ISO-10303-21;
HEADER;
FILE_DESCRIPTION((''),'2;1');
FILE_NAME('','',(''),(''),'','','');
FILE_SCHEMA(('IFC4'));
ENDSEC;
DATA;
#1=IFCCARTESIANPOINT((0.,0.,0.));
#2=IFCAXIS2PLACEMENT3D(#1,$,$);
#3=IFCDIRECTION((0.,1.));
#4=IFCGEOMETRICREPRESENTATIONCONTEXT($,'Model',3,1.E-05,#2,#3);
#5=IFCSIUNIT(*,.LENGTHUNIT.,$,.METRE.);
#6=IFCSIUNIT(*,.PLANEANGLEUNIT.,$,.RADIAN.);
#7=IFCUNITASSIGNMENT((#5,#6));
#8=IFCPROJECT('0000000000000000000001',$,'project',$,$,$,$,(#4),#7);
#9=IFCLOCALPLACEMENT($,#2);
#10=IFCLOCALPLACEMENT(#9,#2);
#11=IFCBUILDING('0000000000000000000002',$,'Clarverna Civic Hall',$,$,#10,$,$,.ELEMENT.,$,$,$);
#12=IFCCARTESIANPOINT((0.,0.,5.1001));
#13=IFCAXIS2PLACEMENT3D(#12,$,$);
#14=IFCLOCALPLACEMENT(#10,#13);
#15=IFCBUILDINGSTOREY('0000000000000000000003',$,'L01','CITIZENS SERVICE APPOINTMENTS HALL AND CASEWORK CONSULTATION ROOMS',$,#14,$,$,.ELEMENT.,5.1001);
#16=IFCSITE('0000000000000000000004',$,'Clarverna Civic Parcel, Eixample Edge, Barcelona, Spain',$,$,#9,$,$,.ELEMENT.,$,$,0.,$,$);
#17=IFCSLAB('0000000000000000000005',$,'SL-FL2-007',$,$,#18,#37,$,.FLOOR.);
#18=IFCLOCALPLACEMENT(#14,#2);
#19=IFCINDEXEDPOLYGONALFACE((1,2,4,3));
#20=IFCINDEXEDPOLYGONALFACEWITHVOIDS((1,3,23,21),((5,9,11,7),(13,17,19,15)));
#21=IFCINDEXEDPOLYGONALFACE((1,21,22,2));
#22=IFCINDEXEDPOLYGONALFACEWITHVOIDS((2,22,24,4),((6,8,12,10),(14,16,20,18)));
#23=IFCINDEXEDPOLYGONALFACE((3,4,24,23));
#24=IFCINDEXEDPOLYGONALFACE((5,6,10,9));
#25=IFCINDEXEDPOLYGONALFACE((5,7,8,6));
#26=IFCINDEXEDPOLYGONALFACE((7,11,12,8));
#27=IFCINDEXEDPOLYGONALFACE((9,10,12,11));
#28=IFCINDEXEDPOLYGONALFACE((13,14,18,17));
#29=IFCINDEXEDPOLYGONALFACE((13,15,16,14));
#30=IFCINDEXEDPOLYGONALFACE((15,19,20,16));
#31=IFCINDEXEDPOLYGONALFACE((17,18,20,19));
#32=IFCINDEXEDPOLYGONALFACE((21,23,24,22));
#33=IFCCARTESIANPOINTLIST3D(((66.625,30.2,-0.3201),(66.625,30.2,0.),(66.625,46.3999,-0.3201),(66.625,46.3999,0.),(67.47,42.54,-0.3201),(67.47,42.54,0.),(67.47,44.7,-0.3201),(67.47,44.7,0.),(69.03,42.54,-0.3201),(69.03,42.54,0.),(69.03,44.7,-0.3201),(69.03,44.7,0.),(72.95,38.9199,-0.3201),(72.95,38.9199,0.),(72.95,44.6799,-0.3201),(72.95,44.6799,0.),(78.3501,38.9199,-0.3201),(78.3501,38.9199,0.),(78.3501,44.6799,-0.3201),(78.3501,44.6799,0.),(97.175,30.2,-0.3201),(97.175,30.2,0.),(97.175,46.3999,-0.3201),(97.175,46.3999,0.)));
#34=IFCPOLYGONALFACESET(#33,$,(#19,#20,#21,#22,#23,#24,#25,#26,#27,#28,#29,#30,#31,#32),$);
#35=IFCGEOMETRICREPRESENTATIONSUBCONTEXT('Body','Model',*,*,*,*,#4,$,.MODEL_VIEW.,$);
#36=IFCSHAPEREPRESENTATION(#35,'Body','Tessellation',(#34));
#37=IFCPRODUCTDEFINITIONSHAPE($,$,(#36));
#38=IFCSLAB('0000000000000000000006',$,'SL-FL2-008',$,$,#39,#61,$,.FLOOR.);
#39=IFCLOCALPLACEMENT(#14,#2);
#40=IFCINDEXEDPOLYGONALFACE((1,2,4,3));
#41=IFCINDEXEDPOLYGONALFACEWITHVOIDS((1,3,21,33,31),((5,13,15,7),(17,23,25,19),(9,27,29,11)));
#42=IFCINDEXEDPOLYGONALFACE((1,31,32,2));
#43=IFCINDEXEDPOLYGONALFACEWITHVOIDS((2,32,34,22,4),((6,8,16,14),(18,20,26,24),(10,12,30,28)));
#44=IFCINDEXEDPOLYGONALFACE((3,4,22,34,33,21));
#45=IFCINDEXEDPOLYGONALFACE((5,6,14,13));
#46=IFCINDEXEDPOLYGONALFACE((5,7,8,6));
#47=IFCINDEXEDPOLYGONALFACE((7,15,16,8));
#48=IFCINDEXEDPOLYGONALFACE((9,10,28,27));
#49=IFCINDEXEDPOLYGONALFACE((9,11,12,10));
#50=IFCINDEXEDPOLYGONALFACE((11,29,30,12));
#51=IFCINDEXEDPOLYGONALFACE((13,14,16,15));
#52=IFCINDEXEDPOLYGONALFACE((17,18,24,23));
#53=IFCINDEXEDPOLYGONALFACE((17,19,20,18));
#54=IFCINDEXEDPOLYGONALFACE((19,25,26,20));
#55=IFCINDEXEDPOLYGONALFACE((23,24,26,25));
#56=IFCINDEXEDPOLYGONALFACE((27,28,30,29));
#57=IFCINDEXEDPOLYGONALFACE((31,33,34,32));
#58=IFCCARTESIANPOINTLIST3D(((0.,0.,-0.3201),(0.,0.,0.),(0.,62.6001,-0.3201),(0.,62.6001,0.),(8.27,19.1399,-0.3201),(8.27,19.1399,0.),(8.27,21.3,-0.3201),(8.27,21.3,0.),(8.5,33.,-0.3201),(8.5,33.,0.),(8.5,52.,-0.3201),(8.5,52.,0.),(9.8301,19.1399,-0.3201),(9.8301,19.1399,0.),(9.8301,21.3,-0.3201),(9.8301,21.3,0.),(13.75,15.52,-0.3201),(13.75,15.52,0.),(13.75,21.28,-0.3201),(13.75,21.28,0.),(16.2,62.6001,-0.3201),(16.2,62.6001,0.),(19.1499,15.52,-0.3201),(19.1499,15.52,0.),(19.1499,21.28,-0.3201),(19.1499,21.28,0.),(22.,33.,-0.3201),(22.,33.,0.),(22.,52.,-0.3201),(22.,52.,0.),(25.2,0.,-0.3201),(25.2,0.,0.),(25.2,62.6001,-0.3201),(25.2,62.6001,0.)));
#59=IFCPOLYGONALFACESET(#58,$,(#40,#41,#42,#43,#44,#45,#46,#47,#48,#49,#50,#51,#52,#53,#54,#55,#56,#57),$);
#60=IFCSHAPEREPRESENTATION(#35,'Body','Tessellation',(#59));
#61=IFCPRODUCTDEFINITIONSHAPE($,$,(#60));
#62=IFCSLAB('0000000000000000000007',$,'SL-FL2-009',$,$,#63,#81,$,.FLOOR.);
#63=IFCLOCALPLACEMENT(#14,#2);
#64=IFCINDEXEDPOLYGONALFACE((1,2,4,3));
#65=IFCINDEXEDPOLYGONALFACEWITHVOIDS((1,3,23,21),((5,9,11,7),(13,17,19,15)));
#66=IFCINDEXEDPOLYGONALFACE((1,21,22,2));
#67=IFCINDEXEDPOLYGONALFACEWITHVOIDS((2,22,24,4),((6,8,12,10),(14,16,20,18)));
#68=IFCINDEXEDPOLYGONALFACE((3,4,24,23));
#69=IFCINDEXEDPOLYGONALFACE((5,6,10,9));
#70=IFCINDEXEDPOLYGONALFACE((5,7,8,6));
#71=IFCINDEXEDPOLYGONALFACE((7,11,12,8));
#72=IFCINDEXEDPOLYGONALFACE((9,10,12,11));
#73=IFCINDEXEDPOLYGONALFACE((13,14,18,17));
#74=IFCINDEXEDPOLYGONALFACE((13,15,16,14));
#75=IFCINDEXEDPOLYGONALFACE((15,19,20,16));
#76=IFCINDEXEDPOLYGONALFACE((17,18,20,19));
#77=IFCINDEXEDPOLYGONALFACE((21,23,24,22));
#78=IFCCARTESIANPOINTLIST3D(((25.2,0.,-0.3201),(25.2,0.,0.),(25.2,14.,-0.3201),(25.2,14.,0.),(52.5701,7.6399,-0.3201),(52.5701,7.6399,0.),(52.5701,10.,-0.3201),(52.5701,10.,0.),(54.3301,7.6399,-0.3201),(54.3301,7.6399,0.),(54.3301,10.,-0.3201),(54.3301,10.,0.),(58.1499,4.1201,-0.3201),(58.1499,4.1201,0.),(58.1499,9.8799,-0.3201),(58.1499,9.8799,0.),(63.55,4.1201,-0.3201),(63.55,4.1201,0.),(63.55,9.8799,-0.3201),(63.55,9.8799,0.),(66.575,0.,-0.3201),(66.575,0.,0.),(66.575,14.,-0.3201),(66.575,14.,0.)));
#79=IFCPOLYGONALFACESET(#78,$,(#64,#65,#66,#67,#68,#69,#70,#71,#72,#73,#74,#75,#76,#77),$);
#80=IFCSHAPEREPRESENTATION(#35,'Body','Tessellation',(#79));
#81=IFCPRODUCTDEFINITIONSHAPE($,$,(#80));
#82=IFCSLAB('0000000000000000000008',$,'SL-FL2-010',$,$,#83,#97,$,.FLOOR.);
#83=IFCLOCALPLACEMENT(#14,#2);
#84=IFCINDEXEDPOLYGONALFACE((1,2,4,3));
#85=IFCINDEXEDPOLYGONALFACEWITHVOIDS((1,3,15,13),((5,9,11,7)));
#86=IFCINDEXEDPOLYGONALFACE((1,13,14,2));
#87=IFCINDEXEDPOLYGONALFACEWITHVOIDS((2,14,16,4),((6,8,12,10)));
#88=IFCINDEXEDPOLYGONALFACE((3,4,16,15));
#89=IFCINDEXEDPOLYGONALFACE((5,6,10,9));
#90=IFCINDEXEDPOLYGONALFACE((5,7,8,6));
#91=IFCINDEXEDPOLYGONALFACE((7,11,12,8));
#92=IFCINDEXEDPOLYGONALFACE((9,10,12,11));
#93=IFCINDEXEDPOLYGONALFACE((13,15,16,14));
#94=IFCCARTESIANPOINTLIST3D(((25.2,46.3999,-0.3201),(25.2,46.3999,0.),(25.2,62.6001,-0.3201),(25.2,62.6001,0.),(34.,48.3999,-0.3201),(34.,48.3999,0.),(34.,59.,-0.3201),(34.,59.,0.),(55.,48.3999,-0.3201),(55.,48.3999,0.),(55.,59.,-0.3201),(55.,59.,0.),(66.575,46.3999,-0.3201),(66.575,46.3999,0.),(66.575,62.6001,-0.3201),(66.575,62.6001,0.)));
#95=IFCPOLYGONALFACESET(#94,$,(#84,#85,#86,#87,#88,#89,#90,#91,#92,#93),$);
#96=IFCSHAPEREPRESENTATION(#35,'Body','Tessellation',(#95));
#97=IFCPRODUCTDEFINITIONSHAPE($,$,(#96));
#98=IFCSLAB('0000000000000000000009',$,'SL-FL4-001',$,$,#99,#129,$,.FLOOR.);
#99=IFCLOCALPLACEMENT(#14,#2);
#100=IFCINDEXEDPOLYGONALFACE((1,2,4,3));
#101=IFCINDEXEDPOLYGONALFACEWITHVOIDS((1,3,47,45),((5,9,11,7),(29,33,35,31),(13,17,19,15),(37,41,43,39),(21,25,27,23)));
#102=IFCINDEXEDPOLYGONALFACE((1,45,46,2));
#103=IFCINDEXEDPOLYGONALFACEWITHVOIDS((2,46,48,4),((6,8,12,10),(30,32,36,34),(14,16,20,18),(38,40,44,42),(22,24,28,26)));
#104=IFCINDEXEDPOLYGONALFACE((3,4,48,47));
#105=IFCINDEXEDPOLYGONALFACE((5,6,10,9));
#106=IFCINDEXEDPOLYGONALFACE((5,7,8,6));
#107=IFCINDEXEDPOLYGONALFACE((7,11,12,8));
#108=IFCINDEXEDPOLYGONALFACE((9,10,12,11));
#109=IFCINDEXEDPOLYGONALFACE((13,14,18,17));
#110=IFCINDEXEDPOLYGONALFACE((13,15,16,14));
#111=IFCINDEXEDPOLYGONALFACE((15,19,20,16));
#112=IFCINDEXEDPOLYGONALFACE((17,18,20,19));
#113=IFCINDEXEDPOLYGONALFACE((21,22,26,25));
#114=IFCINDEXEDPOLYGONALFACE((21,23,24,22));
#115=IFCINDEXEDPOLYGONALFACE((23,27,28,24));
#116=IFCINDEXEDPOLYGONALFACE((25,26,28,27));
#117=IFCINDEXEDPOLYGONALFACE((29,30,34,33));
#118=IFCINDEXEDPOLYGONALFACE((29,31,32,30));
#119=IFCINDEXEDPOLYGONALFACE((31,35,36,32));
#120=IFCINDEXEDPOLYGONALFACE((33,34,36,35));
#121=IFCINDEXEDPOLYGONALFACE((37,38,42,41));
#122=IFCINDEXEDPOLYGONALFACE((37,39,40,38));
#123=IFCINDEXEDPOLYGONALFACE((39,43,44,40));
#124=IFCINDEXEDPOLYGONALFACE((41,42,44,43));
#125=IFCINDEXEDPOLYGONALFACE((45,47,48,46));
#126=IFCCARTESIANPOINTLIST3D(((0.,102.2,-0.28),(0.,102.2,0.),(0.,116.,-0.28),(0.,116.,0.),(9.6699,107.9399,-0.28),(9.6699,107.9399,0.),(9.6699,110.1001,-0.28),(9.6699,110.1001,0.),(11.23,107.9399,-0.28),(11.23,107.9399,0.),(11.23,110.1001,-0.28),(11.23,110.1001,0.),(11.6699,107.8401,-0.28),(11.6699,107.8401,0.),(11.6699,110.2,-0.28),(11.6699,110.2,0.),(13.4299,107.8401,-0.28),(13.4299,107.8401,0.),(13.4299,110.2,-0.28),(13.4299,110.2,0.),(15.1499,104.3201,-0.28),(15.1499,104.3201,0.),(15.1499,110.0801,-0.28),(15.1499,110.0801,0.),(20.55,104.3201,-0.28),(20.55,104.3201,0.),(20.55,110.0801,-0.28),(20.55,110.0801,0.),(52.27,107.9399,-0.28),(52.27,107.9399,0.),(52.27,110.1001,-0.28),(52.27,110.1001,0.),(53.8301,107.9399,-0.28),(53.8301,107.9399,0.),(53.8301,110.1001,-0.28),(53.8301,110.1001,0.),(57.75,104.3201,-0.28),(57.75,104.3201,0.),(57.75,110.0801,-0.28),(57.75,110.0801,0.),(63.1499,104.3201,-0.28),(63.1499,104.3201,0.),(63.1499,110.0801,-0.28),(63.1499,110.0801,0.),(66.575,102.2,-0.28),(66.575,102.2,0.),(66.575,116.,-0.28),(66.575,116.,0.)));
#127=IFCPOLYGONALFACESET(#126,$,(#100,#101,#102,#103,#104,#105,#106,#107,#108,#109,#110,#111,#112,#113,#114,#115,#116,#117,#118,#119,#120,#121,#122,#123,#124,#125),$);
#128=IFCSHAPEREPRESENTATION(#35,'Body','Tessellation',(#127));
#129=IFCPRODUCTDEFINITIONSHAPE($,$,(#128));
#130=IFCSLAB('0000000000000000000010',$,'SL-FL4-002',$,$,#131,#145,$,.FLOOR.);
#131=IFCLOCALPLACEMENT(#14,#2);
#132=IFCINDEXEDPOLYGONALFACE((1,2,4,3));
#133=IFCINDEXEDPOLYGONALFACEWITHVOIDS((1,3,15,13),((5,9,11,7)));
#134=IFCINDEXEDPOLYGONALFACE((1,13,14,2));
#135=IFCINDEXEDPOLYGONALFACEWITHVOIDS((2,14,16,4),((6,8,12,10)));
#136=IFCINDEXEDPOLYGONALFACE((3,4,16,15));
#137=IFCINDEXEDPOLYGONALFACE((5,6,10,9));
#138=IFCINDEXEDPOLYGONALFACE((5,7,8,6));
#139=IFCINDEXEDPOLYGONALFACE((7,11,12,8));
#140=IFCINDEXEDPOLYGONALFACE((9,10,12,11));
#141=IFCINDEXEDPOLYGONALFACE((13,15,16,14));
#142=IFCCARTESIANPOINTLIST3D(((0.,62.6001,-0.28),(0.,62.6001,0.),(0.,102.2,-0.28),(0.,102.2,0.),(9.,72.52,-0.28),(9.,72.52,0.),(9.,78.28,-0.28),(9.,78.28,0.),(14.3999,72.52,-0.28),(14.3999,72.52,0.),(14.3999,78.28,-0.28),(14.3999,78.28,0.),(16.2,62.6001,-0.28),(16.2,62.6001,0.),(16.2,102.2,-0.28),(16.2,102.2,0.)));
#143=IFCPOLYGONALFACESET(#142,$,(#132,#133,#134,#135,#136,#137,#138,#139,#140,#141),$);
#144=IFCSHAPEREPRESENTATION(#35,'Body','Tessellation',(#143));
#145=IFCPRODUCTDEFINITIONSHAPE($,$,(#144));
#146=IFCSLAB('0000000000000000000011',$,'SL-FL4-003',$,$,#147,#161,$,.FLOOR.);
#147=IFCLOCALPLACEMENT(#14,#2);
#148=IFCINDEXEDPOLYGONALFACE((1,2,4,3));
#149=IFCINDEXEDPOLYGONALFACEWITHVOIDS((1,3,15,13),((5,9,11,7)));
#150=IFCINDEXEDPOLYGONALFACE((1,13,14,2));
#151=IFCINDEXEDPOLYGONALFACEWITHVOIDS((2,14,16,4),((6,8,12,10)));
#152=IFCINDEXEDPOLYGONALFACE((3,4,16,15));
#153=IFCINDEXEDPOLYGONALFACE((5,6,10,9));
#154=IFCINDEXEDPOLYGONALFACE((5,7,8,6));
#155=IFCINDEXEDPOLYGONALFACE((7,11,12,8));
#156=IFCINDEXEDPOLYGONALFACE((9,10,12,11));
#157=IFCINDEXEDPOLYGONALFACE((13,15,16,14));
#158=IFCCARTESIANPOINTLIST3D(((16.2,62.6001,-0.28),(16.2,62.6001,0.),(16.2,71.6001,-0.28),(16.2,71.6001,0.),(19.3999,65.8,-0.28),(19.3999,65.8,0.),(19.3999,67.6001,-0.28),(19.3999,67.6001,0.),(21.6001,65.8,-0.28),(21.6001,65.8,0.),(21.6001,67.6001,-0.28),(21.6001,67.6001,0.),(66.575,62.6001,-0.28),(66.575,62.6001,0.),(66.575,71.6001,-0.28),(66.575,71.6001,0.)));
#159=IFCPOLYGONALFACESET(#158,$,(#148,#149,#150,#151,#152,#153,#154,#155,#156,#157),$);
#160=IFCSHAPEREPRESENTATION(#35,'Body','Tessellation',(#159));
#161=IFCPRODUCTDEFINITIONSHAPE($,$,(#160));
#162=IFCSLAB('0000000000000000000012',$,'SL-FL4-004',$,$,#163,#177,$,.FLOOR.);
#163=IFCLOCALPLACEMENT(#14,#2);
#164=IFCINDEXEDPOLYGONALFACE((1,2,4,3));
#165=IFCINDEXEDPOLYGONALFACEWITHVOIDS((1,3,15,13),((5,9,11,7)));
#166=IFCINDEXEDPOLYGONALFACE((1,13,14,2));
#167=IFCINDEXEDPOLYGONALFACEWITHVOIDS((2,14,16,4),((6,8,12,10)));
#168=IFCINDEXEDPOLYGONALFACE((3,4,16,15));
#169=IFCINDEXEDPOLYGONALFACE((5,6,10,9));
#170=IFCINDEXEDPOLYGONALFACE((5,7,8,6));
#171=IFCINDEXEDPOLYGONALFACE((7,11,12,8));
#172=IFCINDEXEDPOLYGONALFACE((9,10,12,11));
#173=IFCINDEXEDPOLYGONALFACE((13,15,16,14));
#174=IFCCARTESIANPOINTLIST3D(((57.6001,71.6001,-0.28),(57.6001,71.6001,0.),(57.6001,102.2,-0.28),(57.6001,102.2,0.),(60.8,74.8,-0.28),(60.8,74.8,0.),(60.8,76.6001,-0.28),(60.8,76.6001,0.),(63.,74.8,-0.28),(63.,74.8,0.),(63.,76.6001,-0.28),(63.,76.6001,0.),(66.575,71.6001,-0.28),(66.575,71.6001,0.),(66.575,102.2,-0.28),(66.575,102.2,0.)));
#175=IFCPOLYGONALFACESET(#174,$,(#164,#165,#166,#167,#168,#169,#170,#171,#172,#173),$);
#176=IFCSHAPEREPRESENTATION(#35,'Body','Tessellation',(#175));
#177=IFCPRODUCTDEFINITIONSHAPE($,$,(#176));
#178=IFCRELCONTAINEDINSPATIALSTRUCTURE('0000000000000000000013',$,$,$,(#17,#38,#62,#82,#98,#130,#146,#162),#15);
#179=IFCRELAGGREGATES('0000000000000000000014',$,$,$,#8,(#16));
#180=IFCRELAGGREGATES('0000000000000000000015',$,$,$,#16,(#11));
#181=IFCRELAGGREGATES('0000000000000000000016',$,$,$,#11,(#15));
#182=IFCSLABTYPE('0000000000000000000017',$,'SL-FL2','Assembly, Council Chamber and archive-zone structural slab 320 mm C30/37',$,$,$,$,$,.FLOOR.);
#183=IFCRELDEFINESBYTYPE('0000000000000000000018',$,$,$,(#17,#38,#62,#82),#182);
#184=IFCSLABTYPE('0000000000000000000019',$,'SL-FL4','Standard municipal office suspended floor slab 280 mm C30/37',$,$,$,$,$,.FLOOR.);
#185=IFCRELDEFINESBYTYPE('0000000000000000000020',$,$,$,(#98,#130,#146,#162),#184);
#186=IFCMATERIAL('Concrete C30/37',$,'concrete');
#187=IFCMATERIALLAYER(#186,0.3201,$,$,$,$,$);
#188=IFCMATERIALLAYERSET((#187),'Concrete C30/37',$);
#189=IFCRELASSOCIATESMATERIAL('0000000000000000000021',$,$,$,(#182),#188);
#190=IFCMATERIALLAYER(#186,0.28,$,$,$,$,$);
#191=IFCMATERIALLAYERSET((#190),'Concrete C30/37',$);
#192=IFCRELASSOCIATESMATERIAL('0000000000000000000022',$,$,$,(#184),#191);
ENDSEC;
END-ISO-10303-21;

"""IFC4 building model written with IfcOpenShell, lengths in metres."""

from ifc_helpers import new_model, si_unit, direction, frame, origin, place, context, subcontext, project, spatial, polyline, outline, extrude, material, layer, layer_set, type_object, element, save


model = new_model("IFC4")

# Units and contexts
model_context = context("Model", 3, precision=1e-05, world=origin(), true_north=direction((0.0, 1.0)))
body_context = subcontext(model_context, "Body", "Model", "MODEL_VIEW")
ifc_project = project(units=[si_unit("LENGTHUNIT", "METRE"), si_unit("PLANEANGLEUNIT", "RADIAN")], contexts=[model_context])

# Site, building, storey
site_placement = place(None, origin())
site = spatial("IfcSite", under=ifc_project, at=site_placement, Name="Clarverna Civic Parcel, Eixample Edge, Barcelona, Spain", CompositionType="ELEMENT", RefElevation=0.0)
building_placement = place(site_placement, origin())
building = spatial("IfcBuilding", under=site, at=building_placement, Name="Clarverna Civic Hall", CompositionType="ELEMENT")
storey_placement = place(building_placement, frame((0.0, 0.0, 5.1001)))
storey = spatial("IfcBuildingStorey", under=building, at=storey_placement, Name="L01", Description="CITIZENS SERVICE APPOINTMENTS HALL AND CASEWORK CONSULTATION ROOMS", CompositionType="ELEMENT", Elevation=5.1001)

# Slabs
ifc_material_1 = material(Name="Concrete C30/37", Category="concrete")
ifc_layer_1 = layer(ifc_material_1, 0.3201)
ifc_layer_set_1 = layer_set([ifc_layer_1], Name="Concrete C30/37")
slab_type_1 = type_object("IfcSlabType", Name="SL-FL2", Description="Assembly, Council Chamber and archive-zone structural slab 320 mm C30/37", PredefinedType="FLOOR", material=ifc_layer_set_1)
slab_1_placement = place(storey_placement, frame((0.0, 0.0, -0.3201)))
element("IfcSlab", 1, at=slab_1_placement, inside=storey, type_object=slab_type_1, Name="SL-FL2-007", PredefinedType="FLOOR", context=body_context, shape_type="SweptSolid", body=[
    extrude(outline(polyline([(97.175, 46.3999), (66.625, 46.3999), (66.625, 30.2), (97.175, 30.2), (97.175, 46.3999)]), holes=[polyline([(72.95, 38.9199), (78.3501, 38.9199), (78.3501, 44.6799), (72.95, 44.6799), (72.95, 38.9199)]), polyline([(67.47, 42.54), (69.03, 42.54), (69.03, 44.7), (67.47, 44.7), (67.47, 42.54)])]), origin(), (0.0, 0.0, 1.0), 0.3201),
])
slab_2_placement = place(storey_placement, frame((0.0, 0.0, -0.3201)))
element("IfcSlab", 2, at=slab_2_placement, inside=storey, type_object=slab_type_1, Name="SL-FL2-008", PredefinedType="FLOOR", context=body_context, shape_type="SweptSolid", body=[
    extrude(outline(polyline([(0.0, 0.0), (25.2, 0.0), (25.2, 62.6001), (16.2, 62.6001), (0.0, 62.6001), (0.0, 0.0)]), holes=[polyline([(8.5, 33.0), (22.0, 33.0), (22.0, 52.0), (8.5, 52.0), (8.5, 33.0)]), polyline([(13.75, 15.52), (19.1499, 15.52), (19.1499, 21.28), (13.75, 21.28), (13.75, 15.52)]), polyline([(8.27, 19.1399), (9.8301, 19.1399), (9.8301, 21.3), (8.27, 21.3), (8.27, 19.1399)])]), origin(), (0.0, 0.0, 1.0), 0.3201),
])
slab_3_placement = place(storey_placement, frame((0.0, 0.0, -0.3201)))
element("IfcSlab", 3, at=slab_3_placement, inside=storey, type_object=slab_type_1, Name="SL-FL2-009", PredefinedType="FLOOR", context=body_context, shape_type="SweptSolid", body=[
    extrude(outline(polyline([(25.2, 0.0), (66.575, 0.0), (66.575, 14.0), (25.2, 14.0), (25.2, 0.0)]), holes=[polyline([(58.1499, 4.1201), (63.55, 4.1201), (63.55, 9.8799), (58.1499, 9.8799), (58.1499, 4.1201)]), polyline([(52.5701, 7.6399), (54.3301, 7.6399), (54.3301, 10.0), (52.5701, 10.0), (52.5701, 7.6399)])]), origin(), (0.0, 0.0, 1.0), 0.3201),
])
slab_4_placement = place(storey_placement, frame((0.0, 0.0, -0.3201)))
element("IfcSlab", 4, at=slab_4_placement, inside=storey, type_object=slab_type_1, Name="SL-FL2-010", PredefinedType="FLOOR", context=body_context, shape_type="SweptSolid", body=[
    extrude(outline(polyline([(25.2, 46.3999), (66.575, 46.3999), (66.575, 62.6001), (25.2, 62.6001), (25.2, 46.3999)]), holes=[polyline([(34.0, 48.3999), (55.0, 48.3999), (55.0, 59.0), (34.0, 59.0), (34.0, 48.3999)])]), origin(), (0.0, 0.0, 1.0), 0.3201),
])
ifc_layer_2 = layer(ifc_material_1, 0.28)
ifc_layer_set_2 = layer_set([ifc_layer_2], Name="Concrete C30/37")
slab_type_2 = type_object("IfcSlabType", Name="SL-FL4", Description="Standard municipal office suspended floor slab 280 mm C30/37", PredefinedType="FLOOR", material=ifc_layer_set_2)
slab_5_placement = place(storey_placement, frame((0.0, 0.0, -0.28)))
element("IfcSlab", 5, at=slab_5_placement, inside=storey, type_object=slab_type_2, Name="SL-FL4-001", PredefinedType="FLOOR", context=body_context, shape_type="SweptSolid", body=[
    extrude(outline(polyline([(0.0, 102.2), (66.575, 102.2), (66.575, 116.0), (0.0, 116.0), (0.0, 102.2)]), holes=[polyline([(15.1499, 104.3201), (20.55, 104.3201), (20.55, 110.0801), (15.1499, 110.0801), (15.1499, 104.3201)]), polyline([(9.6699, 107.9399), (11.23, 107.9399), (11.23, 110.1001), (9.6699, 110.1001), (9.6699, 107.9399)]), polyline([(11.6699, 107.8401), (13.4299, 107.8401), (13.4299, 110.2), (11.6699, 110.2), (11.6699, 107.8401)]), polyline([(57.75, 104.3201), (63.1499, 104.3201), (63.1499, 110.0801), (57.75, 110.0801), (57.75, 104.3201)]), polyline([(52.27, 107.9399), (53.8301, 107.9399), (53.8301, 110.1001), (52.27, 110.1001), (52.27, 107.9399)])]), origin(), (0.0, 0.0, 1.0), 0.28),
])
slab_6_placement = place(storey_placement, frame((0.0, 0.0, -0.28)))
element("IfcSlab", 6, at=slab_6_placement, inside=storey, type_object=slab_type_2, Name="SL-FL4-002", PredefinedType="FLOOR", context=body_context, shape_type="SweptSolid", body=[
    extrude(outline(polyline([(0.0, 102.2), (0.0, 62.6001), (16.2, 62.6001), (16.2, 102.2), (0.0, 102.2)]), holes=[polyline([(9.0, 72.52), (14.3999, 72.52), (14.3999, 78.28), (9.0, 78.28), (9.0, 72.52)])]), origin(), (0.0, 0.0, 1.0), 0.28),
])
slab_7_placement = place(storey_placement, frame((0.0, 0.0, -0.28)))
element("IfcSlab", 7, at=slab_7_placement, inside=storey, type_object=slab_type_2, Name="SL-FL4-003", PredefinedType="FLOOR", context=body_context, shape_type="SweptSolid", body=[
    extrude(outline(polyline([(16.2, 62.6001), (66.575, 62.6001), (66.575, 71.6001), (16.2, 71.6001), (16.2, 62.6001)]), holes=[polyline([(19.3999, 65.8), (21.6001, 65.8), (21.6001, 67.6001), (19.3999, 67.6001), (19.3999, 65.8)])]), origin(), (0.0, 0.0, 1.0), 0.28),
])
slab_8_placement = place(storey_placement, frame((0.0, 0.0, -0.28)))
element("IfcSlab", 8, at=slab_8_placement, inside=storey, type_object=slab_type_2, Name="SL-FL4-004", PredefinedType="FLOOR", context=body_context, shape_type="SweptSolid", body=[
    extrude(outline(polyline([(57.6001, 71.6001), (66.575, 71.6001), (66.575, 102.2), (57.6001, 102.2), (57.6001, 71.6001)]), holes=[polyline([(60.8, 74.8), (63.0, 74.8), (63.0, 76.6001), (60.8, 76.6001), (60.8, 74.8)])]), origin(), (0.0, 0.0, 1.0), 0.28),
])

save(model, "model.ifc")
